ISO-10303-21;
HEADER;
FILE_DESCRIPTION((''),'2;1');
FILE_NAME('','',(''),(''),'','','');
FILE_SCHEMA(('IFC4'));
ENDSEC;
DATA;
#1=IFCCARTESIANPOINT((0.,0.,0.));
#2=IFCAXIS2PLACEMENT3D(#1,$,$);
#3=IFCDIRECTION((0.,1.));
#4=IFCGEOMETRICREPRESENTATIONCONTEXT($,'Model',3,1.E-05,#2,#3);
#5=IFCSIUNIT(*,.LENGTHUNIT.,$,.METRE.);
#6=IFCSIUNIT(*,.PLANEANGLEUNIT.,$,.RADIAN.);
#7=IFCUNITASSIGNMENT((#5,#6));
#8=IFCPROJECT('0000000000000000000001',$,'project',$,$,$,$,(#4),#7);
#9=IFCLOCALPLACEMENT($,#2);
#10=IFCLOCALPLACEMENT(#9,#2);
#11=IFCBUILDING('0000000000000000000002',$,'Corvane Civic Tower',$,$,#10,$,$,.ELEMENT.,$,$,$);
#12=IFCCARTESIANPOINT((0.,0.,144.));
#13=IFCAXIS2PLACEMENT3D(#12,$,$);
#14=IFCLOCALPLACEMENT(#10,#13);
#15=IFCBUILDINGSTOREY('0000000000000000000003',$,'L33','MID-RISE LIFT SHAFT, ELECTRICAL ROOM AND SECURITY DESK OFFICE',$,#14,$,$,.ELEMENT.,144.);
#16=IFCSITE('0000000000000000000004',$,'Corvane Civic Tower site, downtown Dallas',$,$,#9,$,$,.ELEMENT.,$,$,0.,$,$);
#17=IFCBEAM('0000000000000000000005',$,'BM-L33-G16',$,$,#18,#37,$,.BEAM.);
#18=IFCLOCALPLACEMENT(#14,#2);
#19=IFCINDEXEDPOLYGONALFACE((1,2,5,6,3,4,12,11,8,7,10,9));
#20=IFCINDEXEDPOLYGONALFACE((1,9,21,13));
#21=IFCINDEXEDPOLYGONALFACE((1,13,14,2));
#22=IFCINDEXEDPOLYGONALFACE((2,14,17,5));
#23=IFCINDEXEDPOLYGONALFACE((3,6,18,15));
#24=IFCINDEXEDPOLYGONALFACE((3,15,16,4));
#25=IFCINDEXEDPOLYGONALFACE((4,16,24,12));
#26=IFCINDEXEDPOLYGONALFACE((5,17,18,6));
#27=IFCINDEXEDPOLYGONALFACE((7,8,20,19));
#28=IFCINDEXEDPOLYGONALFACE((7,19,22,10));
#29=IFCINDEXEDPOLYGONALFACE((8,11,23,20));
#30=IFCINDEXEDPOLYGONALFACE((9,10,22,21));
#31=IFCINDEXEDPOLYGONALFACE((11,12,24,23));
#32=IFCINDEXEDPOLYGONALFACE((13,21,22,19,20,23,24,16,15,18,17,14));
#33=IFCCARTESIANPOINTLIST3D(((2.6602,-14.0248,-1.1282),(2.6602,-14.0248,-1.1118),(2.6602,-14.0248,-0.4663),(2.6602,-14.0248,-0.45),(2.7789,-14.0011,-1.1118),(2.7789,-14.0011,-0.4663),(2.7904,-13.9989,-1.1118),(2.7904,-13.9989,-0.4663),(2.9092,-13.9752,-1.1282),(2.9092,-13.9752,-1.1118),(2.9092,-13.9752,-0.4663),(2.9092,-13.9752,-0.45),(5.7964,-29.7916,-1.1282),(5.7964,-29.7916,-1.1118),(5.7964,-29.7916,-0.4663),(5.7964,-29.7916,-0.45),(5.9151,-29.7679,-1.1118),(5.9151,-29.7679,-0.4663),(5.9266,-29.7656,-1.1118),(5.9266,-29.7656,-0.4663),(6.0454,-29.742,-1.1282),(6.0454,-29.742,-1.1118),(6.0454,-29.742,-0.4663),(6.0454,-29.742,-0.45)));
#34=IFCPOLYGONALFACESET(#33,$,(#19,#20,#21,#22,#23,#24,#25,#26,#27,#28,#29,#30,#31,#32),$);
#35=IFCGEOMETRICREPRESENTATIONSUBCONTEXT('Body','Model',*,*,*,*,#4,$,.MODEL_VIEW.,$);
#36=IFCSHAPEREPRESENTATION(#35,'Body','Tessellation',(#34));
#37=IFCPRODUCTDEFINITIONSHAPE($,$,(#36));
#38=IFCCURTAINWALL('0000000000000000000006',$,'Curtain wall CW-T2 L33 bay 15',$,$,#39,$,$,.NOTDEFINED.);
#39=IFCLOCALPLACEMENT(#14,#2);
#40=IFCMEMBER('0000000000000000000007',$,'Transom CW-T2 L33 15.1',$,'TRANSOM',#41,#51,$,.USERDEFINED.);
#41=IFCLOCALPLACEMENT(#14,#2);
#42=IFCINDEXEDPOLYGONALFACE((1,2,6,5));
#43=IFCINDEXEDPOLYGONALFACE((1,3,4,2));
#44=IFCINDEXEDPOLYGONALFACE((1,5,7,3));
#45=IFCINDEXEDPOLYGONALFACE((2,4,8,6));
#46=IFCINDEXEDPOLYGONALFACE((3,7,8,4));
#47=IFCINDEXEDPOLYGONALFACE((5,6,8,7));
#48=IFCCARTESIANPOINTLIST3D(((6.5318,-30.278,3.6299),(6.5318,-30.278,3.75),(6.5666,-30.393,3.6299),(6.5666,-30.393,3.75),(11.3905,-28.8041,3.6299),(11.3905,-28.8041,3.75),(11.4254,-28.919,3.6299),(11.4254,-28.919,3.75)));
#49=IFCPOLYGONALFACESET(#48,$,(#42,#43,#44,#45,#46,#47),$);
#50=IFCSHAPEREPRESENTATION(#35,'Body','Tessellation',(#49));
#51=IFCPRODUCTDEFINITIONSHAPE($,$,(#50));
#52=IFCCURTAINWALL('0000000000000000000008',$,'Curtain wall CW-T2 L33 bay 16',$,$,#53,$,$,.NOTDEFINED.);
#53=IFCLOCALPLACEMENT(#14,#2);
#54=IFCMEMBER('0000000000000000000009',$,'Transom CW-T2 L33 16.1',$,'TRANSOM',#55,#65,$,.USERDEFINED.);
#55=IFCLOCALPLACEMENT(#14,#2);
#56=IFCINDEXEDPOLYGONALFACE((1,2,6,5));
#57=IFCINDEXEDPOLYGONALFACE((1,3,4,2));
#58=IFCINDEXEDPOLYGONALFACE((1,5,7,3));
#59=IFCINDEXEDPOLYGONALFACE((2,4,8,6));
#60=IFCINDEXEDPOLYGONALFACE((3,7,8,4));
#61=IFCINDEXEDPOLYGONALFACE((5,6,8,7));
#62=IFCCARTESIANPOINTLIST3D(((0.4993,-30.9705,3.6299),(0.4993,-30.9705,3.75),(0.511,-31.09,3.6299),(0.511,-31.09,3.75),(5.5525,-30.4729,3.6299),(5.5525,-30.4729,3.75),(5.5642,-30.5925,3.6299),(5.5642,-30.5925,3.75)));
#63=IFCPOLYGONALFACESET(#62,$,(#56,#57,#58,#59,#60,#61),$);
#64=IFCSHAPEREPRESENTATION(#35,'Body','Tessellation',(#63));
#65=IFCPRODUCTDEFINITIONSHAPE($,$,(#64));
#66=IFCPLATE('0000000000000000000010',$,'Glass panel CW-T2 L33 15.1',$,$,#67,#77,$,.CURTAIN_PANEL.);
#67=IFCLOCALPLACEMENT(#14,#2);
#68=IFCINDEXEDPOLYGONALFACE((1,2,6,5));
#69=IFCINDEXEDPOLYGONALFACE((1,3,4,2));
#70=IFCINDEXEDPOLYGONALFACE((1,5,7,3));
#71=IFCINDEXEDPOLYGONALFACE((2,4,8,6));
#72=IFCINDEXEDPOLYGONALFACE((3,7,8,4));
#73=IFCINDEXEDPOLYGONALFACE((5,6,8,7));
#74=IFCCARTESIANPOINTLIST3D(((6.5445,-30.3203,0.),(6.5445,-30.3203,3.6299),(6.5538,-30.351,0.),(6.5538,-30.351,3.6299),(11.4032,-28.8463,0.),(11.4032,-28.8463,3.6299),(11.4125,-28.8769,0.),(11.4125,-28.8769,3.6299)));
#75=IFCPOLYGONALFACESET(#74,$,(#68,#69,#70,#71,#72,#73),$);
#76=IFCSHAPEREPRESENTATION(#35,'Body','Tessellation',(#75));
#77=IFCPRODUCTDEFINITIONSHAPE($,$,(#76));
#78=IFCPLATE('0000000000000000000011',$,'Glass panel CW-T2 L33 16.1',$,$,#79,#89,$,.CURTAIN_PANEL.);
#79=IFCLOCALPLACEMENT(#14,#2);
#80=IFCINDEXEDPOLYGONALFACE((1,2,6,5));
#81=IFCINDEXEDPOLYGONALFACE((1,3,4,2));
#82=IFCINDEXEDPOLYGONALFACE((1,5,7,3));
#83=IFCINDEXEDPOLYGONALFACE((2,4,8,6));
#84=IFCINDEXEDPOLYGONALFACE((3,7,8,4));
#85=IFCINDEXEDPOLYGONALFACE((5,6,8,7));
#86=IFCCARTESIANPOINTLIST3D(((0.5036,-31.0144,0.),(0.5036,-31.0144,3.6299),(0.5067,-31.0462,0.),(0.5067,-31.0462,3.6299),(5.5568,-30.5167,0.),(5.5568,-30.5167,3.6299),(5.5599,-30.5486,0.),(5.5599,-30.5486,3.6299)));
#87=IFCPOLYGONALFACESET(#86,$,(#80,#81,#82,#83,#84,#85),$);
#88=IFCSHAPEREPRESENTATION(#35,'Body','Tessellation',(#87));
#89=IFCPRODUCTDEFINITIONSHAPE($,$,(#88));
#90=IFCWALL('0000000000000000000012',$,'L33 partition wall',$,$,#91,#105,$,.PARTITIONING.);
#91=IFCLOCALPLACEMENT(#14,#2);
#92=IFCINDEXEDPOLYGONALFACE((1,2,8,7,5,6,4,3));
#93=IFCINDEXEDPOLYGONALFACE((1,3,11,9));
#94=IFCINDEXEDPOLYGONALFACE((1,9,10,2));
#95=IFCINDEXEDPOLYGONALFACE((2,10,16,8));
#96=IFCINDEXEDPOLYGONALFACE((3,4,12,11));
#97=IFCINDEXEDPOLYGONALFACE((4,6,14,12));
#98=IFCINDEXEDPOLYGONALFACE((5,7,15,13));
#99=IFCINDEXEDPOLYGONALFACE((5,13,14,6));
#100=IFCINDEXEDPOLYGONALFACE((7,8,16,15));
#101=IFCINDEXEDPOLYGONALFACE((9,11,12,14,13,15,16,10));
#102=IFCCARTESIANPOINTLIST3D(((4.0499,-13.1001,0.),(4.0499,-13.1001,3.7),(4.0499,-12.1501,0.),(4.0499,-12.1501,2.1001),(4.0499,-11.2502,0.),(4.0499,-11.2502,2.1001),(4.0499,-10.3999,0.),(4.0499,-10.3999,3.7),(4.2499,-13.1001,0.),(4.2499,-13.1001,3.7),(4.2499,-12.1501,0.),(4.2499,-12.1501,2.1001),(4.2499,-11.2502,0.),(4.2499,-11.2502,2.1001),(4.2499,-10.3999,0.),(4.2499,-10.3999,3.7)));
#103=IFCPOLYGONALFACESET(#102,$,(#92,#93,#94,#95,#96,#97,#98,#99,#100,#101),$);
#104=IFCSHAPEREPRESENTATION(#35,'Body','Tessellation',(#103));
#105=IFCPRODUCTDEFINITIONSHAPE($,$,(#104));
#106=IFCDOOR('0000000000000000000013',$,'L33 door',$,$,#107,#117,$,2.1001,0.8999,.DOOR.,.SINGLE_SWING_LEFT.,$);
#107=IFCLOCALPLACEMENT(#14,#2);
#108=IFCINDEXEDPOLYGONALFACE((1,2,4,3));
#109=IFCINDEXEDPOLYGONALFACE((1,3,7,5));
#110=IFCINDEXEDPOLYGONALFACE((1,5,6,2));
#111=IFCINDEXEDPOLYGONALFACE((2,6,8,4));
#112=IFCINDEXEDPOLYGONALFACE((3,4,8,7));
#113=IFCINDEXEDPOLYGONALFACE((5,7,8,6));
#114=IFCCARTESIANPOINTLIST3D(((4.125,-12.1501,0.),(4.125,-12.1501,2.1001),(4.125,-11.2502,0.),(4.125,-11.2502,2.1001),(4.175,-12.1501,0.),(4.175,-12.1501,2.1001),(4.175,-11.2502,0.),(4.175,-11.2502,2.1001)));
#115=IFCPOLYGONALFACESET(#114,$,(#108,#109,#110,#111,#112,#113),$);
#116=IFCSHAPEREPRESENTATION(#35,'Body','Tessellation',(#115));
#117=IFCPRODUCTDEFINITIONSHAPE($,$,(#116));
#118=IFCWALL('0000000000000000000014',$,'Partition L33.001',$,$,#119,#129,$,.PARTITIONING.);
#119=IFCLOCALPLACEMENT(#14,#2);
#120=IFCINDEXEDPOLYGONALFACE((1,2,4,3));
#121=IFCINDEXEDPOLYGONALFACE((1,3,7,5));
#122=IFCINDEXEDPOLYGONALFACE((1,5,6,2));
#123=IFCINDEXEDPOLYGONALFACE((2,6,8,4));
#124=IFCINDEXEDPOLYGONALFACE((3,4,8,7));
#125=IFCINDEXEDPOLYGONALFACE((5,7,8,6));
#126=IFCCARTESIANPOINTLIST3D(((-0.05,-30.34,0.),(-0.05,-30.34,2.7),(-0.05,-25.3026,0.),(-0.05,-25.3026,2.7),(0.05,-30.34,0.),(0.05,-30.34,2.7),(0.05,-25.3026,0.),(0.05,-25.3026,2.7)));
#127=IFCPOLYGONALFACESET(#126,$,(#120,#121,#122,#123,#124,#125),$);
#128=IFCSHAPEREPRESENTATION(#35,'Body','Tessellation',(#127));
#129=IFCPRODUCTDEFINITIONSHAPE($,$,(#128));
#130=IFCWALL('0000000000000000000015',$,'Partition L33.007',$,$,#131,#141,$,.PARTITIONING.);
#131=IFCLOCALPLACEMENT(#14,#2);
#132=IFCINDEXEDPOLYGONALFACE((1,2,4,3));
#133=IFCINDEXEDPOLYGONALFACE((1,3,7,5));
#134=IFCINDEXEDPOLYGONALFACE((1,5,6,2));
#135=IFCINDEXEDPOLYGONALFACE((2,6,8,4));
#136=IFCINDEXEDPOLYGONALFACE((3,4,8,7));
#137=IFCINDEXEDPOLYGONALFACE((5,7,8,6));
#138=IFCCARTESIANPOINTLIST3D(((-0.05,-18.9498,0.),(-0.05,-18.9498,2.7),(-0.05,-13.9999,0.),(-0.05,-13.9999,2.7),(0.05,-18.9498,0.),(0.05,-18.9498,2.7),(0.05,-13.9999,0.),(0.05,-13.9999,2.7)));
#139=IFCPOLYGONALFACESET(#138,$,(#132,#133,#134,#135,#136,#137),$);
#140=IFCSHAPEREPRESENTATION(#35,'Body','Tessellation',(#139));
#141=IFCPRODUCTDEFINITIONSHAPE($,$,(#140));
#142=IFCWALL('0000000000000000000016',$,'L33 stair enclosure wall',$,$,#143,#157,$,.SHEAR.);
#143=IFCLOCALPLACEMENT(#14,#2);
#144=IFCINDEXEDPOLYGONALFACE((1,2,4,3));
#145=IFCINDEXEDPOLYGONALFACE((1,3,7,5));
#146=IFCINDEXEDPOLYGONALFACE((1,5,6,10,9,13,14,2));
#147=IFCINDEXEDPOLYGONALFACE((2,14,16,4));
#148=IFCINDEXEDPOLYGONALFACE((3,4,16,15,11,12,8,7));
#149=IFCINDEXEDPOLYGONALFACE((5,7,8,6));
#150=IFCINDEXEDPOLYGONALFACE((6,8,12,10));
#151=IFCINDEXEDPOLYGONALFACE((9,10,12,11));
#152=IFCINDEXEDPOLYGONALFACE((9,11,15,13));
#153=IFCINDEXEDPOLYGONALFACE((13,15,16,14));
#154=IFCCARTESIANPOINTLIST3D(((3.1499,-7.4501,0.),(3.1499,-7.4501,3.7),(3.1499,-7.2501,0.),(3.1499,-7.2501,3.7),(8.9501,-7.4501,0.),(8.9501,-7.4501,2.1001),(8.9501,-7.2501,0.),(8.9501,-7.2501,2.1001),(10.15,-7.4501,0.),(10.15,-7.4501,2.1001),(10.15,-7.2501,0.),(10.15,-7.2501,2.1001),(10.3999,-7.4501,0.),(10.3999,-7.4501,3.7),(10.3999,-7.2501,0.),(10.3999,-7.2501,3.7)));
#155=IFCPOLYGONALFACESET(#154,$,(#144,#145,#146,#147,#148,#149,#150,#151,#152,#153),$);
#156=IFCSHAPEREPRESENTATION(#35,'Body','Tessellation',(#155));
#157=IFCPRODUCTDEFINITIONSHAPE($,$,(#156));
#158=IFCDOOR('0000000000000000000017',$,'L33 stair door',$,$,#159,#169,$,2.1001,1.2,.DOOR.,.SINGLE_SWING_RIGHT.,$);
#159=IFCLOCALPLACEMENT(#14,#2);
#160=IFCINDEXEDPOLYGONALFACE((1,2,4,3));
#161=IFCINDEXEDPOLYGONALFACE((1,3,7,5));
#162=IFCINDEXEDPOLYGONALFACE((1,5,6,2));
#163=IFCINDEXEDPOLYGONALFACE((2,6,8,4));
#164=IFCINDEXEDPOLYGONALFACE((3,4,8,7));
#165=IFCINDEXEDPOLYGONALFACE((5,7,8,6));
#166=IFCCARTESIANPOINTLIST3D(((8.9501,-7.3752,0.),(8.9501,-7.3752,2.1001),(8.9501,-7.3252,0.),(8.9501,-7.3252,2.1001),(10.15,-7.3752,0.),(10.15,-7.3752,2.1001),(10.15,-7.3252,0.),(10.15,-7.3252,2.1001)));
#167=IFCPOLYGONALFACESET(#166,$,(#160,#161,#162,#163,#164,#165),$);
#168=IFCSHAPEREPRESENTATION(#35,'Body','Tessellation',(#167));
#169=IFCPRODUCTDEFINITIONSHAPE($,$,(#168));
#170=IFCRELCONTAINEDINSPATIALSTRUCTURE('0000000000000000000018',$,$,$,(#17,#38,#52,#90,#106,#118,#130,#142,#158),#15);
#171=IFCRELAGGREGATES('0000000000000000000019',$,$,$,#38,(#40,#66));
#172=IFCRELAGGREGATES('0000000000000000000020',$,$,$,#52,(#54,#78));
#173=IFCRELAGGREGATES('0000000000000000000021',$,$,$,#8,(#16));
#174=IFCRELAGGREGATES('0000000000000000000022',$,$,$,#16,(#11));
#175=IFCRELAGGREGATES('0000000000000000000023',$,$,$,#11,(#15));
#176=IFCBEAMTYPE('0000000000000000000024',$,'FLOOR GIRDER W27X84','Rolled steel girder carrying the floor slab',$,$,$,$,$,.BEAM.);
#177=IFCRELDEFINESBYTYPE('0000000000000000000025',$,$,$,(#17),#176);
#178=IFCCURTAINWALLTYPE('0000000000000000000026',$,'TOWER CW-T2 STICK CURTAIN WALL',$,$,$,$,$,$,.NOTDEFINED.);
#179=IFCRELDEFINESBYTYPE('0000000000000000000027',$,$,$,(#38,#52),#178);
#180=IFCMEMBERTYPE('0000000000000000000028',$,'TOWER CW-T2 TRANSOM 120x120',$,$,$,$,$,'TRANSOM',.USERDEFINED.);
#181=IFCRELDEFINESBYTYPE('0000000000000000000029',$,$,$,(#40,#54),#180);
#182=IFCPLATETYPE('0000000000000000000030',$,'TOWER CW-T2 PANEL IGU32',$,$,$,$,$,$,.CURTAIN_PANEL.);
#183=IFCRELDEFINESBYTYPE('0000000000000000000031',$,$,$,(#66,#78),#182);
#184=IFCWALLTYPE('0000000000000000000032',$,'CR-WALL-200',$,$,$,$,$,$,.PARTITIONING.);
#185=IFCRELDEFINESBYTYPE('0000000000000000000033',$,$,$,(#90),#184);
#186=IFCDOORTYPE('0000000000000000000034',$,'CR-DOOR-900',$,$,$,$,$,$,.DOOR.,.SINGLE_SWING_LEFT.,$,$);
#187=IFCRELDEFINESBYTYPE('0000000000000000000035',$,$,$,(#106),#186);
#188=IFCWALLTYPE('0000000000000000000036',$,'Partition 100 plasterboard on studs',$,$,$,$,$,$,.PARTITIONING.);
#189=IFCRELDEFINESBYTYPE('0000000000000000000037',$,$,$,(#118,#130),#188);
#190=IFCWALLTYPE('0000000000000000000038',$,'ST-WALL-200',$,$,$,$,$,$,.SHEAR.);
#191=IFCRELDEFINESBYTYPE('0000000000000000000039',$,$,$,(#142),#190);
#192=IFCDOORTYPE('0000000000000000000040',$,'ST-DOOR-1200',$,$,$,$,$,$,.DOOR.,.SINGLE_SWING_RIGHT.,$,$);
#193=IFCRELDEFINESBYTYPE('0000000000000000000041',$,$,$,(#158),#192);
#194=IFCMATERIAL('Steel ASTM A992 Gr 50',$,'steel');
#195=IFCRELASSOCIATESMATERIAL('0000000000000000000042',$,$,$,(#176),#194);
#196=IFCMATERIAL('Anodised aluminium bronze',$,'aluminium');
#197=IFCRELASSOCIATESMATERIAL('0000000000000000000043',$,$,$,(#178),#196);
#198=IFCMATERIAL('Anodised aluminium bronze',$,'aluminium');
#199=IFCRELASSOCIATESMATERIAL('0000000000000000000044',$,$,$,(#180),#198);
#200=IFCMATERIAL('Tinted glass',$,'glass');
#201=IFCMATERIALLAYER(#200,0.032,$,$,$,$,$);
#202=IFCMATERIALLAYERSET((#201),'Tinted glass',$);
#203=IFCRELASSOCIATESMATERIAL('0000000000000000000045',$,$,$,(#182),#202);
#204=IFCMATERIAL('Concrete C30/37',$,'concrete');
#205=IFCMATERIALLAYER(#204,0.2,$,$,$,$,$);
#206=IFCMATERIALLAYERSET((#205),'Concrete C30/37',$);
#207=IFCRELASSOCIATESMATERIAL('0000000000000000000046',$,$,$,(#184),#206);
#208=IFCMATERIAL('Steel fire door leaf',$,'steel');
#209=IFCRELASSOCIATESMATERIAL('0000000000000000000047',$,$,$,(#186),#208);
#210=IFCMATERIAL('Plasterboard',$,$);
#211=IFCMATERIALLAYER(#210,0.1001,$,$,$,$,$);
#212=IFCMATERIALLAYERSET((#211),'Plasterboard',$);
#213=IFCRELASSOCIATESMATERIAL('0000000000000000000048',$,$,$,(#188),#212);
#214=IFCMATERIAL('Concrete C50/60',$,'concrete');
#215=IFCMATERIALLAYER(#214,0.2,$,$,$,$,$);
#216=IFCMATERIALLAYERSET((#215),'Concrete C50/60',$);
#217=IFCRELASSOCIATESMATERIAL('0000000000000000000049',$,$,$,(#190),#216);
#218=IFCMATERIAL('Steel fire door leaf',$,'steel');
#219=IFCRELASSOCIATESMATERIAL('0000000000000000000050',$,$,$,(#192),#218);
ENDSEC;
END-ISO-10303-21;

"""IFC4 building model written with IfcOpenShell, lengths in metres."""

from ifc_helpers import new_model, si_unit, direction, frame, frame_2d, origin, origin_2d, place, context, subcontext, project, spatial, rectangle, i_section, extrude, material, layer, layer_set, material_profile, profile_set, type_object, element, fill, aggregate, save


model = new_model("IFC4")

# Units and contexts
model_context = context("Model", 3, precision=1e-05, world=origin(), true_north=direction((0.0, 1.0)))
body_context = subcontext(model_context, "Body", "Model", "MODEL_VIEW")
ifc_project = project(units=[si_unit("LENGTHUNIT", "METRE"), si_unit("PLANEANGLEUNIT", "RADIAN")], contexts=[model_context])

# Site, building, storey
site_placement = place(None, origin())
site = spatial("IfcSite", under=ifc_project, at=site_placement, Name="Corvane Civic Tower site, downtown Dallas", CompositionType="ELEMENT", RefElevation=0.0)
building_placement = place(site_placement, origin())
building = spatial("IfcBuilding", under=site, at=building_placement, Name="Corvane Civic Tower", CompositionType="ELEMENT")
storey_placement = place(building_placement, frame((0.0, 0.0, 144.0)))
storey = spatial("IfcBuildingStorey", under=building, at=storey_placement, Name="L33", Description="MID-RISE LIFT SHAFT, ELECTRICAL ROOM AND SECURITY DESK OFFICE", CompositionType="ELEMENT", Elevation=144.0)

# Beam
ifc_material_1 = material(Name="Steel ASTM A992 Gr 50", Category="steel")
ifc_material_profile_1 = material_profile(ifc_material_1, i_section(OverallWidth=0.2539, OverallDepth=0.6782, WebThickness=0.0117, FlangeThickness=0.0164, at=origin_2d()), Name="W27X84")
ifc_profile_set_1 = profile_set([ifc_material_profile_1], Name="Steel ASTM A992 Gr 50")
beam_type_1 = type_object("IfcBeamType", Name="FLOOR GIRDER W27X84", Description="Rolled steel girder carrying the floor slab", PredefinedType="BEAM", material=ifc_profile_set_1)
beam_1_placement = place(storey_placement, frame((2.7847, -14.0, -0.7891), z_axis=(0.195091, -0.980785, 0.0), x_axis=(0.980785, 0.195091, 0.0)))
element("IfcBeam", 1, at=beam_1_placement, inside=storey, type_object=beam_type_1, Name="BM-L33-G16", PredefinedType="BEAM", context=body_context, shape_type="SweptSolid", body=[
    extrude(i_section(OverallWidth=0.2539, OverallDepth=0.6782, WebThickness=0.0117, FlangeThickness=0.0164, at=origin_2d()), origin(), (0.0, 0.0, 1.0), 16.0757),
])

# Curtain walls, members
ifc_material_2 = material(Name="Anodised aluminium bronze", Category="aluminium")
curtain_wall_type = type_object("IfcCurtainWallType", Name="TOWER CW-T2 STICK CURTAIN WALL", PredefinedType="NOTDEFINED", material=ifc_material_2)
curtain_wall_1_placement = place(storey_placement, origin())
curtain_wall_1 = element("IfcCurtainWall", 2, at=curtain_wall_1_placement, inside=storey, type_object=curtain_wall_type, Name="Curtain wall CW-T2 L33 bay 15", PredefinedType="NOTDEFINED")
ifc_material_3 = material(Name="Anodised aluminium bronze", Category="aluminium")
ifc_material_profile_2 = material_profile(ifc_material_3, rectangle(XDim=0.1201, YDim=0.1201, at=origin_2d()), Name="TOWER CW-T2 TRANSOM 120x120")
ifc_profile_set_2 = profile_set([ifc_material_profile_2], Name="Anodised aluminium bronze")
member_type = type_object("IfcMemberType", Name="TOWER CW-T2 TRANSOM 120x120", ElementType="TRANSOM", PredefinedType="USERDEFINED", material=ifc_profile_set_2)
member_1_placement = place(storey_placement, frame((11.408, -28.8616, 3.6899), z_axis=(-0.956939, -0.290289, 0.0), x_axis=(0.290289, -0.956939, 0.0)))
member_1 = element("IfcMember", 3, at=member_1_placement, type_object=member_type, Name="Transom CW-T2 L33 15.1", ObjectType="TRANSOM", PredefinedType="USERDEFINED", context=body_context, shape_type="SweptSolid", body=[
    extrude(rectangle(XDim=0.1201, YDim=0.1201, at=origin_2d()), origin(), (0.0, 0.0, 1.0), 5.0774),
])
curtain_wall_2_placement = place(storey_placement, origin())
curtain_wall_2 = element("IfcCurtainWall", 4, at=curtain_wall_2_placement, inside=storey, type_object=curtain_wall_type, Name="Curtain wall CW-T2 L33 bay 16", PredefinedType="NOTDEFINED")
member_2_placement = place(storey_placement, frame((5.5583, -30.5327, 3.6899), z_axis=(-0.995187, -0.09799, 0.0), x_axis=(0.09799, -0.995187, 0.0)))
member_2 = element("IfcMember", 5, at=member_2_placement, type_object=member_type, Name="Transom CW-T2 L33 16.1", ObjectType="TRANSOM", PredefinedType="USERDEFINED", context=body_context, shape_type="SweptSolid", body=[
    extrude(rectangle(XDim=0.1201, YDim=0.1201, at=origin_2d()), origin(), (0.0, 0.0, 1.0), 5.0776),
])

# Plates
ifc_material_4 = material(Name="Tinted glass", Category="glass")
ifc_layer_1 = layer(ifc_material_4, 0.032)
ifc_layer_set_1 = layer_set([ifc_layer_1], Name="Tinted glass")
plate_type = type_object("IfcPlateType", Name="TOWER CW-T2 PANEL IGU32", PredefinedType="CURTAIN_PANEL", material=ifc_layer_set_1)
plate_1_placement = place(storey_placement, frame((8.9785, -29.5986, 0.0), z_axis=(0.0, 0.0, 1.0), x_axis=(-0.956932, -0.290313, 0.0)))
plate_1 = element("IfcPlate", 6, at=plate_1_placement, type_object=plate_type, Name="Glass panel CW-T2 L33 15.1", PredefinedType="CURTAIN_PANEL", context=body_context, shape_type="SweptSolid", body=[
    extrude(rectangle(XDim=5.0774, YDim=0.032, at=origin_2d()), origin(), (0.0, 0.0, 1.0), 3.6299),
])
aggregate(curtain_wall_1, [member_1, plate_1])
plate_2_placement = place(storey_placement, frame((3.0317, -30.7815, 0.0), z_axis=(0.0, 0.0, 1.0), x_axis=(-0.995185, -0.098012, 0.0)))
plate_2 = element("IfcPlate", 7, at=plate_2_placement, type_object=plate_type, Name="Glass panel CW-T2 L33 16.1", PredefinedType="CURTAIN_PANEL", context=body_context, shape_type="SweptSolid", body=[
    extrude(rectangle(XDim=5.0776, YDim=0.032, at=origin_2d()), origin(), (0.0, 0.0, 1.0), 3.6299),
])
aggregate(curtain_wall_2, [member_2, plate_2])

# Wall, opening, door
ifc_material_5 = material(Name="Concrete C30/37", Category="concrete")
ifc_layer_2 = layer(ifc_material_5, 0.2)
ifc_layer_set_2 = layer_set([ifc_layer_2], Name="Concrete C30/37")
wall_type_1 = type_object("IfcWallType", Name="CR-WALL-200", PredefinedType="PARTITIONING", material=ifc_layer_set_2)
wall_1_placement = place(storey_placement, frame((4.1499, -13.1001, 0.0), z_axis=(0.0, 0.0, 1.0), x_axis=(0.0, 1.0, 0.0)))
wall_1 = element("IfcWall", 8, at=wall_1_placement, inside=storey, type_object=wall_type_1, Name="L33 partition wall", PredefinedType="PARTITIONING", context=body_context, shape_type="SweptSolid", body=[
    extrude(rectangle(XDim=2.7002, YDim=0.2, at=frame_2d((1.3501, 0.0))), origin(), (0.0, 0.0, 1.0), 3.7),
])
opening_1_placement = place(wall_1_placement, frame((0.95, 0.0, 0.0)))
opening_1 = element("IfcOpeningElement", 9, at=opening_1_placement, cuts=wall_1, PredefinedType="OPENING", context=body_context, shape_type="SweptSolid", body=[
    extrude(rectangle(XDim=0.8999, YDim=2.1001, at=frame_2d((0.45, 1.05))), frame((0.0, 0.1099, 0.0), z_axis=(0.0, -1.0, 0.0), x_axis=(1.0, 0.0, 0.0)), (0.0, 0.0, 1.0), 0.22),
])
ifc_material_6 = material(Name="Steel fire door leaf", Category="steel")
door_type_1 = type_object("IfcDoorType", Name="CR-DOOR-900", OperationType="SINGLE_SWING_LEFT", PredefinedType="DOOR", material=ifc_material_6)
door_1_placement = place(opening_1_placement, origin())
door_1 = element("IfcDoor", 10, at=door_1_placement, inside=storey, type_object=door_type_1, Name="L33 door", OperationType="SINGLE_SWING_LEFT", OverallHeight=2.1001, OverallWidth=0.8999, PredefinedType="DOOR", context=body_context, shape_type="SweptSolid", body=[
    extrude(rectangle(XDim=0.8999, YDim=2.1001, at=frame_2d((0.45, 1.05))), frame((0.0, 0.0249, 0.0), z_axis=(0.0, -1.0, 0.0), x_axis=(1.0, 0.0, 0.0)), (0.0, 0.0, 1.0), 0.05),
])
fill(opening_1, door_1)

# Walls
ifc_material_7 = material(Name="Plasterboard")
ifc_layer_3 = layer(ifc_material_7, 0.1001)
ifc_layer_set_3 = layer_set([ifc_layer_3], Name="Plasterboard")
wall_type_2 = type_object("IfcWallType", Name="Partition 100 plasterboard on studs", PredefinedType="PARTITIONING", material=ifc_layer_set_3)
wall_2_placement = place(storey_placement, frame((0.0, -30.3398, 0.0), z_axis=(0.0, 0.0, 1.0), x_axis=(0.0, 1.0, 0.0)))
element("IfcWall", 11, at=wall_2_placement, inside=storey, type_object=wall_type_2, Name="Partition L33.001", PredefinedType="PARTITIONING", context=body_context, shape_type="SweptSolid", body=[
    extrude(rectangle(XDim=5.0374, YDim=0.1001, at=frame_2d((2.5186, 0.0))), origin(), (0.0, 0.0, 1.0), 2.7),
])
wall_3_placement = place(storey_placement, frame((0.0, -18.95, 0.0), z_axis=(0.0, 0.0, 1.0), x_axis=(0.0, 1.0, 0.0)))
element("IfcWall", 12, at=wall_3_placement, inside=storey, type_object=wall_type_2, Name="Partition L33.007", PredefinedType="PARTITIONING", context=body_context, shape_type="SweptSolid", body=[
    extrude(rectangle(XDim=4.95, YDim=0.1001, at=frame_2d((2.4751, 0.0))), origin(), (0.0, 0.0, 1.0), 2.7),
])

# Wall, opening, door
ifc_material_8 = material(Name="Concrete C50/60", Category="concrete")
ifc_layer_4 = layer(ifc_material_8, 0.2)
ifc_layer_set_4 = layer_set([ifc_layer_4], Name="Concrete C50/60")
wall_type_3 = type_object("IfcWallType", Name="ST-WALL-200", PredefinedType="SHEAR", material=ifc_layer_set_4)
wall_4_placement = place(storey_placement, frame((3.1499, -7.3501, 0.0), z_axis=(0.0, 0.0, 1.0), x_axis=(1.0, 0.0, 0.0)))
wall_4 = element("IfcWall", 13, at=wall_4_placement, inside=storey, type_object=wall_type_3, Name="L33 stair enclosure wall", PredefinedType="SHEAR", context=body_context, shape_type="SweptSolid", body=[
    extrude(rectangle(XDim=7.25, YDim=0.2, at=frame_2d((3.625, 0.0))), origin(), (0.0, 0.0, 1.0), 3.7),
])
opening_2_placement = place(wall_4_placement, frame((5.8, 0.0, 0.0)))
opening_2 = element("IfcOpeningElement", 14, at=opening_2_placement, cuts=wall_4, PredefinedType="OPENING", context=body_context, shape_type="SweptSolid", body=[
    extrude(rectangle(XDim=1.2, YDim=2.1001, at=frame_2d((0.6001, 1.05))), frame((0.0, 0.1099, 0.0), z_axis=(0.0, -1.0, 0.0), x_axis=(1.0, 0.0, 0.0)), (0.0, 0.0, 1.0), 0.22),
])
ifc_material_9 = material(Name="Steel fire door leaf", Category="steel")
door_type_2 = type_object("IfcDoorType", Name="ST-DOOR-1200", OperationType="SINGLE_SWING_RIGHT", PredefinedType="DOOR", material=ifc_material_9)
door_2_placement = place(opening_2_placement, origin())
door_2 = element("IfcDoor", 15, at=door_2_placement, inside=storey, type_object=door_type_2, Name="L33 stair door", OperationType="SINGLE_SWING_RIGHT", OverallHeight=2.1001, OverallWidth=1.2, PredefinedType="DOOR", context=body_context, shape_type="SweptSolid", body=[
    extrude(rectangle(XDim=1.2, YDim=2.1001, at=frame_2d((0.6001, 1.05))), frame((0.0, 0.0249, 0.0), z_axis=(0.0, -1.0, 0.0), x_axis=(1.0, 0.0, 0.0)), (0.0, 0.0, 1.0), 0.05),
])
fill(opening_2, door_2)

save(model, "model.ifc")
